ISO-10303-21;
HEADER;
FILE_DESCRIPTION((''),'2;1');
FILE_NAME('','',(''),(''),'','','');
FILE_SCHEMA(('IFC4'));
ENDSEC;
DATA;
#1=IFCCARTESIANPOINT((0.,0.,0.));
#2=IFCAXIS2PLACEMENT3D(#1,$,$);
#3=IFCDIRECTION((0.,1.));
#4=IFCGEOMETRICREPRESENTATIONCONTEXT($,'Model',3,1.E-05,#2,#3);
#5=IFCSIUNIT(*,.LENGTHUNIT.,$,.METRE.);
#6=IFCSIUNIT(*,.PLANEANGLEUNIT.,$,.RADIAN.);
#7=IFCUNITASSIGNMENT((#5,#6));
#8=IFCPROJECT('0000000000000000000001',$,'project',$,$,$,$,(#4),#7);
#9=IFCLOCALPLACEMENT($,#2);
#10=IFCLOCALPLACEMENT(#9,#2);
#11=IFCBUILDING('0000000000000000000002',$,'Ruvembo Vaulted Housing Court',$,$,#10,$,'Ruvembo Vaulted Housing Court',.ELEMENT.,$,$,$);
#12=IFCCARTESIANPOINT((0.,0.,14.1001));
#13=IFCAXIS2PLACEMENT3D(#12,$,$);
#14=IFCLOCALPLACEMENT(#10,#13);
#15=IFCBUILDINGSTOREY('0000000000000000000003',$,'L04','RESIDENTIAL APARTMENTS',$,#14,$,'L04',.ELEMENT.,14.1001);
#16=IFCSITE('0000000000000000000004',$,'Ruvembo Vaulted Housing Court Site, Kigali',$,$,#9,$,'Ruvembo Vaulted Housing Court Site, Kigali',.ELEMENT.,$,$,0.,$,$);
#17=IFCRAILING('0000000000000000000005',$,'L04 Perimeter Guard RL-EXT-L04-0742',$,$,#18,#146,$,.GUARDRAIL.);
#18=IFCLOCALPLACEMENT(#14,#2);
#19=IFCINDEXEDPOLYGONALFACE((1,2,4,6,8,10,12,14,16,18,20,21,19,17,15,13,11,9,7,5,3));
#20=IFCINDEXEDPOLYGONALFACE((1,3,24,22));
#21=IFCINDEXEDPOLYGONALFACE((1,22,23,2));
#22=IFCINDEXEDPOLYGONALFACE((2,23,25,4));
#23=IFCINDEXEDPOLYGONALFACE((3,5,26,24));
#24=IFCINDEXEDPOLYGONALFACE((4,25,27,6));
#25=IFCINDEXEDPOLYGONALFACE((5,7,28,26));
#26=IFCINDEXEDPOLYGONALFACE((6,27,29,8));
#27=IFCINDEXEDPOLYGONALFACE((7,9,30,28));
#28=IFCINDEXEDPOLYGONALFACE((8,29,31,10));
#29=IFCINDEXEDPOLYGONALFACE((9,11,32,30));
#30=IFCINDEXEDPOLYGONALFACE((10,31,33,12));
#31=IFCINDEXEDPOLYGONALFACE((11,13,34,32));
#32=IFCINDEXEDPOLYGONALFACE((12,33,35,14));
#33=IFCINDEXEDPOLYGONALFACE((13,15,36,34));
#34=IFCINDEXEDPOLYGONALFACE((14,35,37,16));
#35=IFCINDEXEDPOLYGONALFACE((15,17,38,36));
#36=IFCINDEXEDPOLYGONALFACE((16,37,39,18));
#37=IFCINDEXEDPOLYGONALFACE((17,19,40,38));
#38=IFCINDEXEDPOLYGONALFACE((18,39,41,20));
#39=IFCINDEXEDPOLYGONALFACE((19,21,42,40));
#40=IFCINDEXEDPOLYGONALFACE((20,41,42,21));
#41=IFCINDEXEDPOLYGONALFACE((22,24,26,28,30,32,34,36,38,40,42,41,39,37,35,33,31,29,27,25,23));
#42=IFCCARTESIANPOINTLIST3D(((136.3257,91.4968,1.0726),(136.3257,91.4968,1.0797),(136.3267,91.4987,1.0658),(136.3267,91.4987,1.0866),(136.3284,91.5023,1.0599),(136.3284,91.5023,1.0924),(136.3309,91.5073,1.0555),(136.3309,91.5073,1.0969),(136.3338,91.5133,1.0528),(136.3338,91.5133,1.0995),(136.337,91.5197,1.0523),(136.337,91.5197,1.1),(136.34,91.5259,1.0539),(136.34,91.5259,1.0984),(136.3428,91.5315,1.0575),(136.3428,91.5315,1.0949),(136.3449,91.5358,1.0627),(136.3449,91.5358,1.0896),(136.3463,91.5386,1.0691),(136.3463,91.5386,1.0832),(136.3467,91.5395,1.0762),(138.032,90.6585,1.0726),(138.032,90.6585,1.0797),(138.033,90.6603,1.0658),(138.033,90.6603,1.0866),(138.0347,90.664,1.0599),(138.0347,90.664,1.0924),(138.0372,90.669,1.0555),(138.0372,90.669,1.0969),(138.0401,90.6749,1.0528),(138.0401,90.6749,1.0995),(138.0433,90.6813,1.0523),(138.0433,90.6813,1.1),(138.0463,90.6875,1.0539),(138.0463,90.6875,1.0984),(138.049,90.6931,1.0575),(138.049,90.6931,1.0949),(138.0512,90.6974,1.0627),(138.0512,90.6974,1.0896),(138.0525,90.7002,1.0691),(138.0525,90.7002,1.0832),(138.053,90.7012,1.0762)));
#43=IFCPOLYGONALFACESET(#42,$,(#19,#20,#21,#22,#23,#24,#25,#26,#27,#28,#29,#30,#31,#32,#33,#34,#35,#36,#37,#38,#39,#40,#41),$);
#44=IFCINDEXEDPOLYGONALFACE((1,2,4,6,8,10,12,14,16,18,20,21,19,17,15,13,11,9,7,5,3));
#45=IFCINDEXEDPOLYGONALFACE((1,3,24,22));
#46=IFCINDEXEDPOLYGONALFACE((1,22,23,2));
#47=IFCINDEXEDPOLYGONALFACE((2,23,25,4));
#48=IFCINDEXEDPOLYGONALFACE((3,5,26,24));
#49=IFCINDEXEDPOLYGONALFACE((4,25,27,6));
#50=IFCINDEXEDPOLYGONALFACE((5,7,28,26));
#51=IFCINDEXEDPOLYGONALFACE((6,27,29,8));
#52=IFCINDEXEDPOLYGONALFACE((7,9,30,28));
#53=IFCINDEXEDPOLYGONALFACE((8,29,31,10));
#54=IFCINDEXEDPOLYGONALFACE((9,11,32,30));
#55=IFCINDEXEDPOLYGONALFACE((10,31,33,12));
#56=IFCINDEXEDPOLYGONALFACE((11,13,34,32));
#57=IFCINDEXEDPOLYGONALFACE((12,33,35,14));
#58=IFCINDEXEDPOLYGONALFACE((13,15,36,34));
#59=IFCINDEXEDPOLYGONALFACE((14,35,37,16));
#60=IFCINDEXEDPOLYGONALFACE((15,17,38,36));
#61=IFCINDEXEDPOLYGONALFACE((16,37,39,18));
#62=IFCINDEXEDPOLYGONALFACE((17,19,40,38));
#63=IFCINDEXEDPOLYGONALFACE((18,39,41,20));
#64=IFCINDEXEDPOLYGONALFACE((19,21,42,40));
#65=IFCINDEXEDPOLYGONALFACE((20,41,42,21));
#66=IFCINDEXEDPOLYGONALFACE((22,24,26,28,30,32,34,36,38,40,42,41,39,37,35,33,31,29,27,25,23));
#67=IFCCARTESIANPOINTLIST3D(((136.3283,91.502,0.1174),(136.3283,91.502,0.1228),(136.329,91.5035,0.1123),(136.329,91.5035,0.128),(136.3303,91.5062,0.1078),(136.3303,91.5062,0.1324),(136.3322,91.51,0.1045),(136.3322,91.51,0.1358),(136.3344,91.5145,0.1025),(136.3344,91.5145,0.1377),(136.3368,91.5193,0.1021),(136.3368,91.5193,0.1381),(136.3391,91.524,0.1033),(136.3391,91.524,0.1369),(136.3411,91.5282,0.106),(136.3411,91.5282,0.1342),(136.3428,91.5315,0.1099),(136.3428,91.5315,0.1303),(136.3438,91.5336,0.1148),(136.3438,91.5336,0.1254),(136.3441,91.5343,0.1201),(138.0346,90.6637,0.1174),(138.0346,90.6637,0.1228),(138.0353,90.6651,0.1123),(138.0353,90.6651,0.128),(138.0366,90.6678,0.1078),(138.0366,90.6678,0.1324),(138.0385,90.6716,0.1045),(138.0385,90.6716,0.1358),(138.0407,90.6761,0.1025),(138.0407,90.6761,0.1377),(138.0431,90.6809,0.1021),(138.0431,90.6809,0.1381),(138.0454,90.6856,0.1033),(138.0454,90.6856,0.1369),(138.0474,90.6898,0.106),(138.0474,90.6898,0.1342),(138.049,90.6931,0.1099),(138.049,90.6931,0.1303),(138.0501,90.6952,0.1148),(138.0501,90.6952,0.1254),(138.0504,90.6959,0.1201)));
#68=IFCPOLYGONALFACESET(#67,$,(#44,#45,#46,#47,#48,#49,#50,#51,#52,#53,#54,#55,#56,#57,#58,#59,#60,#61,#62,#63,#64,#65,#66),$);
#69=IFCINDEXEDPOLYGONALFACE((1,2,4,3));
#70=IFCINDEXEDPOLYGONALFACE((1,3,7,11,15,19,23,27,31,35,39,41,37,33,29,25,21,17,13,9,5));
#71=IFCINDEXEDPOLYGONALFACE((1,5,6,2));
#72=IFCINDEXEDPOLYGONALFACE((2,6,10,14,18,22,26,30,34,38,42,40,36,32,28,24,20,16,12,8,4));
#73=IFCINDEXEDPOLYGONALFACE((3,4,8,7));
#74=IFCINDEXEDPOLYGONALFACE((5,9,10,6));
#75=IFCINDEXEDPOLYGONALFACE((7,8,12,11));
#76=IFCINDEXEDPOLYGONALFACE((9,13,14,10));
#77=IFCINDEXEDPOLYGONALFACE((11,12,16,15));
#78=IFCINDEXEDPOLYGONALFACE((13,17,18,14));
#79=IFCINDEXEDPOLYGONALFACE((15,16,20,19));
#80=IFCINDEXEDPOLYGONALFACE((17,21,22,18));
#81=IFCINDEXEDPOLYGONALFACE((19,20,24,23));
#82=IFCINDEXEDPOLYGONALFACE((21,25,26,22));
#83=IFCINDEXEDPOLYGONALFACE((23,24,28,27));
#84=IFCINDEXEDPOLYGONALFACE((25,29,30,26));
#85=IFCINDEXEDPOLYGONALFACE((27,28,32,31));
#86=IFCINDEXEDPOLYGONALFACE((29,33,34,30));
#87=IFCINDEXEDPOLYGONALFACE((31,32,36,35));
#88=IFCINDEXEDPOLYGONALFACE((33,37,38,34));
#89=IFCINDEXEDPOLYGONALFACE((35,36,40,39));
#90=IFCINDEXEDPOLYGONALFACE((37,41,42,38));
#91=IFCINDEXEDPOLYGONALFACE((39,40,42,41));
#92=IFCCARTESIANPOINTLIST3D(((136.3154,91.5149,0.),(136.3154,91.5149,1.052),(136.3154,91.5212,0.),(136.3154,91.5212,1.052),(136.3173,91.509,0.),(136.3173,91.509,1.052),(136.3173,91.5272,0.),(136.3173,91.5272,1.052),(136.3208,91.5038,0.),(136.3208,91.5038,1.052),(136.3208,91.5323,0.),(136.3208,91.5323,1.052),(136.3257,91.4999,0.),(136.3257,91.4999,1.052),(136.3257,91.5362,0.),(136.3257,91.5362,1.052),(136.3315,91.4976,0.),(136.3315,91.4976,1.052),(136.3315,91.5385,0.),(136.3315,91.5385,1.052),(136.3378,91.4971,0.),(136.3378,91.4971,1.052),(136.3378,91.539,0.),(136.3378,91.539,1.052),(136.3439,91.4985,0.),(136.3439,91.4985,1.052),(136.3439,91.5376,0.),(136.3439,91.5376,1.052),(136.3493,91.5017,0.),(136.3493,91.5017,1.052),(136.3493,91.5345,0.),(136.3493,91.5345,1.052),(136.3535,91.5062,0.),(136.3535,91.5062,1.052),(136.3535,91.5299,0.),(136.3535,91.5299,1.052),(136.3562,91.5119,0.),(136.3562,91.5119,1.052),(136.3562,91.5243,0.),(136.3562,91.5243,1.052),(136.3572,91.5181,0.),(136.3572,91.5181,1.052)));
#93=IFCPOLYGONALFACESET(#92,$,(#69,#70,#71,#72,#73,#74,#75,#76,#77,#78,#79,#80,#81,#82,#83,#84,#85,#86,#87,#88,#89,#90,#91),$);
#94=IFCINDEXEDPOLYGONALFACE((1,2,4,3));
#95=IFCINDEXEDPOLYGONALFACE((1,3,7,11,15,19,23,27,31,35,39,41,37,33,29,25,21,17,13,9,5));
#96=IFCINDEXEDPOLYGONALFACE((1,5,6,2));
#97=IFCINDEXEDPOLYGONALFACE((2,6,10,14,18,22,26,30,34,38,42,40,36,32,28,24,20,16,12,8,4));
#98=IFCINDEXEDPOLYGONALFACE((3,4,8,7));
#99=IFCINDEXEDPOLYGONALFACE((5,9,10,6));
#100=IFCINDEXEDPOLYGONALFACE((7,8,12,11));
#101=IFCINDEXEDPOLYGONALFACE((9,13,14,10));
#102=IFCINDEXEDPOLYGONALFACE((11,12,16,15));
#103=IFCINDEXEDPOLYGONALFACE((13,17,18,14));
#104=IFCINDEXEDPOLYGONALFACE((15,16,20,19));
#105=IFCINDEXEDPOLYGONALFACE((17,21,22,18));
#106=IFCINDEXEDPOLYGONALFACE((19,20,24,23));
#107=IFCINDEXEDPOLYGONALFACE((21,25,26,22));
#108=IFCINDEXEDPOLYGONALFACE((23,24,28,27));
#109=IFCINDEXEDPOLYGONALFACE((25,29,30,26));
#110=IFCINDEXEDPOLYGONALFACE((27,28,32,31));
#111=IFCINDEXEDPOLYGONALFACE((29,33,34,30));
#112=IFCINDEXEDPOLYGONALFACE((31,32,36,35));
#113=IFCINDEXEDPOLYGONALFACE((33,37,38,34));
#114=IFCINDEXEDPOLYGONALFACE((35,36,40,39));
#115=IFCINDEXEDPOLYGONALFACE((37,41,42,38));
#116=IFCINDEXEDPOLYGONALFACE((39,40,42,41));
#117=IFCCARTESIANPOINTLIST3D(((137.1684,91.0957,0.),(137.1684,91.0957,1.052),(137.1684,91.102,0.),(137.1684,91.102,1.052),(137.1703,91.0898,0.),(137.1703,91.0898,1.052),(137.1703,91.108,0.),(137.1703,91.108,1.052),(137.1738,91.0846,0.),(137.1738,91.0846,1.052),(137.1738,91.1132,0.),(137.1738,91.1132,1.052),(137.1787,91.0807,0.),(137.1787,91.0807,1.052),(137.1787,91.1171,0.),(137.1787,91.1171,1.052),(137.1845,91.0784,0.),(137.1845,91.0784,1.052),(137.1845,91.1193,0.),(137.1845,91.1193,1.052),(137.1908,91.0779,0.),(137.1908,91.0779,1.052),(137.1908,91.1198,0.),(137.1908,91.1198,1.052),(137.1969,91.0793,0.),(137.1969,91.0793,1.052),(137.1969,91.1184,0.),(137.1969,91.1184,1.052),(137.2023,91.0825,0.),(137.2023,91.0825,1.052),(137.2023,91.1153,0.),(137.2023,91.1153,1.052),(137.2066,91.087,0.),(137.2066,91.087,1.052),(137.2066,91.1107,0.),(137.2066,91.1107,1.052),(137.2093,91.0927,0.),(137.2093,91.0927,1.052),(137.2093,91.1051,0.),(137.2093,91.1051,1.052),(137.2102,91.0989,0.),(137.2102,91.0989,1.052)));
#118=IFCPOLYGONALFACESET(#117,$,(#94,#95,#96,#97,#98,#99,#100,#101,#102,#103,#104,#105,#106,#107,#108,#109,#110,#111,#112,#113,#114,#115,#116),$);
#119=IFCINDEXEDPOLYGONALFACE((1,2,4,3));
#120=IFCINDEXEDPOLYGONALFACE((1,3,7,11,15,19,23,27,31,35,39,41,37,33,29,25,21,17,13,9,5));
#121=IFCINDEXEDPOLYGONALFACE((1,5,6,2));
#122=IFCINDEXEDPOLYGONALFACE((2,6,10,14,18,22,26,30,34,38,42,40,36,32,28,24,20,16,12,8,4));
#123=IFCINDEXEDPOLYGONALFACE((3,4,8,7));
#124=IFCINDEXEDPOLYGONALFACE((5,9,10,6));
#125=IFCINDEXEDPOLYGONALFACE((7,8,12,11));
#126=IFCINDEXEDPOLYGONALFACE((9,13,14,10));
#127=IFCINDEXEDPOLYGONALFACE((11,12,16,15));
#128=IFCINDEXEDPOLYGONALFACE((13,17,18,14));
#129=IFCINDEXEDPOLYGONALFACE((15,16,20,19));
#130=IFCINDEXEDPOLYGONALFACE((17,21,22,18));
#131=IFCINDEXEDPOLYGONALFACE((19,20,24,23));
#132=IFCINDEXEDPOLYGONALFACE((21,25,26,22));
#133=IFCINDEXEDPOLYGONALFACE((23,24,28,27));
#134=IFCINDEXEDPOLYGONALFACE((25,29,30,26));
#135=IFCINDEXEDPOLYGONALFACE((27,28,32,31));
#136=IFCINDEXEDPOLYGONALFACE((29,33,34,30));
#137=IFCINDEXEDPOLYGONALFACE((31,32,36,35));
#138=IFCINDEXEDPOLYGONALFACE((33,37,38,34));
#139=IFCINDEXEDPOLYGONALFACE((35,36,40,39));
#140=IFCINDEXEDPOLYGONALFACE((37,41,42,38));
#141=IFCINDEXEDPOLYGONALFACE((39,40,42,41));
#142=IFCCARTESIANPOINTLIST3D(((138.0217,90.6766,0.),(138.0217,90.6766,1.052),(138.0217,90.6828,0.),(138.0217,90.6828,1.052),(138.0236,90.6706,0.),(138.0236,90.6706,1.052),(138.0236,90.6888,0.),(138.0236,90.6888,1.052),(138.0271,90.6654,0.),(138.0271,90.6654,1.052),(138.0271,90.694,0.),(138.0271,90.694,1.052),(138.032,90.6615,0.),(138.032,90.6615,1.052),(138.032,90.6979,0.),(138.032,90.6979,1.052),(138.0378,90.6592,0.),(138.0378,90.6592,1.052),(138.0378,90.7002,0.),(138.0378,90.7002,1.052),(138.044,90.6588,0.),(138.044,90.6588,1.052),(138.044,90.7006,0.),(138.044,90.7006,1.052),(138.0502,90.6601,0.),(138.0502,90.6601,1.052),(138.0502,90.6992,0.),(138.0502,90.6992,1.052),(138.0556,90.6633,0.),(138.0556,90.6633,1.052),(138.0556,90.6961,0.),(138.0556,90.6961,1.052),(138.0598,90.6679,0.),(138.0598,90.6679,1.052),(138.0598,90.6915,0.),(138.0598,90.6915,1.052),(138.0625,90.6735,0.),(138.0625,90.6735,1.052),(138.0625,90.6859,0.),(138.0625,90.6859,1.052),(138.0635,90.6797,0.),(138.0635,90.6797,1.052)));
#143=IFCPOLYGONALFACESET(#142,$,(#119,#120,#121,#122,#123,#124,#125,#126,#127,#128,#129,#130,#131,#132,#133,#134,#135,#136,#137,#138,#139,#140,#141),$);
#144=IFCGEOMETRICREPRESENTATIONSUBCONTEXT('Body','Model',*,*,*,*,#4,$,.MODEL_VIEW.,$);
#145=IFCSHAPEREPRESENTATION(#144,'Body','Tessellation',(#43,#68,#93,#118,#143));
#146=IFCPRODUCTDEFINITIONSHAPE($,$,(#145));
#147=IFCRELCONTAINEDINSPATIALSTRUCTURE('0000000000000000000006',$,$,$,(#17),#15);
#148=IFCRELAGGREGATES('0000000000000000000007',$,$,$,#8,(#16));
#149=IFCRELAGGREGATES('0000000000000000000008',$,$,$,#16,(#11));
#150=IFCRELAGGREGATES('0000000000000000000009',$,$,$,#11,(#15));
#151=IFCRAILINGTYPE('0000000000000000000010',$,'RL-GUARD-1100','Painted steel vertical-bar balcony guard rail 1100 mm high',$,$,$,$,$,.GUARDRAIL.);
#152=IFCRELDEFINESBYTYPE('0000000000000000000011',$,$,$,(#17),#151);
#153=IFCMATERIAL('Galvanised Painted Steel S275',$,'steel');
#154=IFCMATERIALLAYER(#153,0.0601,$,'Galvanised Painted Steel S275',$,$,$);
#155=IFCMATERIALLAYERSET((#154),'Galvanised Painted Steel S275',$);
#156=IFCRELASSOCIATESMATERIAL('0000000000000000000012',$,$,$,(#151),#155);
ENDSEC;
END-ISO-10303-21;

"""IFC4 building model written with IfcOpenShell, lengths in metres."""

from ifc_helpers import new_model, si_unit, direction, frame, origin, origin_2d, place, context, subcontext, project, spatial, circle, extrude, material, layer, layer_set, type_object, element, save


model = new_model("IFC4")

# Units and contexts
model_context = context("Model", 3, precision=1e-05, world=origin(), true_north=direction((0.0, 1.0)))
body_context = subcontext(model_context, "Body", "Model", "MODEL_VIEW")
ifc_project = project(units=[si_unit("LENGTHUNIT", "METRE"), si_unit("PLANEANGLEUNIT", "RADIAN")], contexts=[model_context])

# Site, building, storey
site_placement = place(None, origin())
site = spatial("IfcSite", under=ifc_project, at=site_placement, Name="Ruvembo Vaulted Housing Court Site, Kigali", LongName="Ruvembo Vaulted Housing Court Site, Kigali", CompositionType="ELEMENT", RefElevation=0.0)
building_placement = place(site_placement, origin())
building = spatial("IfcBuilding", under=site, at=building_placement, Name="Ruvembo Vaulted Housing Court", LongName="Ruvembo Vaulted Housing Court", CompositionType="ELEMENT")
storey_placement = place(building_placement, frame((0.0, 0.0, 14.1001)))
storey = spatial("IfcBuildingStorey", under=building, at=storey_placement, Name="L04", Description="RESIDENTIAL APARTMENTS", LongName="L04", CompositionType="ELEMENT", Elevation=14.1001)

# Railing
ifc_material_1 = material(Name="Galvanised Painted Steel S275", Category="steel")
ifc_layer_1 = layer(ifc_material_1, 0.0601, Name="Galvanised Painted Steel S275")
ifc_layer_set_1 = layer_set([ifc_layer_1], Name="Galvanised Painted Steel S275")
railing_type = type_object("IfcRailingType", Name="RL-GUARD-1100", Description="Painted steel vertical-bar balcony guard rail 1100 mm high", PredefinedType="GUARDRAIL", material=ifc_layer_set_1)
railing_1_placement = place(storey_placement, frame((136.3362, 91.5181, 0.0)))
element("IfcRailing", 1, at=railing_1_placement, inside=storey, type_object=railing_type, Name="L04 Perimeter Guard RL-EXT-L04-0742", PredefinedType="GUARDRAIL", context=body_context, shape_type="SweptSolid", body=[
    extrude(circle(Radius=0.0239, at=origin_2d()), frame((0.0, 0.0, 1.0762), z_axis=(0.897513, -0.440987, 0.0), x_axis=(0.440987, 0.897513, 0.0)), (0.0, 0.0, 1.0), 1.9011),
    extrude(circle(Radius=0.0181, at=origin_2d()), frame((0.0, 0.0, 0.1201), z_axis=(0.897513, -0.440987, 0.0), x_axis=(0.440987, 0.897513, 0.0)), (0.0, 0.0, 1.0), 1.9011),
    extrude(circle(Radius=0.021, at=origin_2d()), origin(), (0.0, 0.0, 1.0), 1.052),
    extrude(circle(Radius=0.021, at=origin_2d()), frame((0.853, -0.4192, 0.0)), (0.0, 0.0, 1.0), 1.052),
    extrude(circle(Radius=0.021, at=origin_2d()), frame((1.7063, -0.8384, 0.0)), (0.0, 0.0, 1.0), 1.052),
])

save(model, "model.ifc")
